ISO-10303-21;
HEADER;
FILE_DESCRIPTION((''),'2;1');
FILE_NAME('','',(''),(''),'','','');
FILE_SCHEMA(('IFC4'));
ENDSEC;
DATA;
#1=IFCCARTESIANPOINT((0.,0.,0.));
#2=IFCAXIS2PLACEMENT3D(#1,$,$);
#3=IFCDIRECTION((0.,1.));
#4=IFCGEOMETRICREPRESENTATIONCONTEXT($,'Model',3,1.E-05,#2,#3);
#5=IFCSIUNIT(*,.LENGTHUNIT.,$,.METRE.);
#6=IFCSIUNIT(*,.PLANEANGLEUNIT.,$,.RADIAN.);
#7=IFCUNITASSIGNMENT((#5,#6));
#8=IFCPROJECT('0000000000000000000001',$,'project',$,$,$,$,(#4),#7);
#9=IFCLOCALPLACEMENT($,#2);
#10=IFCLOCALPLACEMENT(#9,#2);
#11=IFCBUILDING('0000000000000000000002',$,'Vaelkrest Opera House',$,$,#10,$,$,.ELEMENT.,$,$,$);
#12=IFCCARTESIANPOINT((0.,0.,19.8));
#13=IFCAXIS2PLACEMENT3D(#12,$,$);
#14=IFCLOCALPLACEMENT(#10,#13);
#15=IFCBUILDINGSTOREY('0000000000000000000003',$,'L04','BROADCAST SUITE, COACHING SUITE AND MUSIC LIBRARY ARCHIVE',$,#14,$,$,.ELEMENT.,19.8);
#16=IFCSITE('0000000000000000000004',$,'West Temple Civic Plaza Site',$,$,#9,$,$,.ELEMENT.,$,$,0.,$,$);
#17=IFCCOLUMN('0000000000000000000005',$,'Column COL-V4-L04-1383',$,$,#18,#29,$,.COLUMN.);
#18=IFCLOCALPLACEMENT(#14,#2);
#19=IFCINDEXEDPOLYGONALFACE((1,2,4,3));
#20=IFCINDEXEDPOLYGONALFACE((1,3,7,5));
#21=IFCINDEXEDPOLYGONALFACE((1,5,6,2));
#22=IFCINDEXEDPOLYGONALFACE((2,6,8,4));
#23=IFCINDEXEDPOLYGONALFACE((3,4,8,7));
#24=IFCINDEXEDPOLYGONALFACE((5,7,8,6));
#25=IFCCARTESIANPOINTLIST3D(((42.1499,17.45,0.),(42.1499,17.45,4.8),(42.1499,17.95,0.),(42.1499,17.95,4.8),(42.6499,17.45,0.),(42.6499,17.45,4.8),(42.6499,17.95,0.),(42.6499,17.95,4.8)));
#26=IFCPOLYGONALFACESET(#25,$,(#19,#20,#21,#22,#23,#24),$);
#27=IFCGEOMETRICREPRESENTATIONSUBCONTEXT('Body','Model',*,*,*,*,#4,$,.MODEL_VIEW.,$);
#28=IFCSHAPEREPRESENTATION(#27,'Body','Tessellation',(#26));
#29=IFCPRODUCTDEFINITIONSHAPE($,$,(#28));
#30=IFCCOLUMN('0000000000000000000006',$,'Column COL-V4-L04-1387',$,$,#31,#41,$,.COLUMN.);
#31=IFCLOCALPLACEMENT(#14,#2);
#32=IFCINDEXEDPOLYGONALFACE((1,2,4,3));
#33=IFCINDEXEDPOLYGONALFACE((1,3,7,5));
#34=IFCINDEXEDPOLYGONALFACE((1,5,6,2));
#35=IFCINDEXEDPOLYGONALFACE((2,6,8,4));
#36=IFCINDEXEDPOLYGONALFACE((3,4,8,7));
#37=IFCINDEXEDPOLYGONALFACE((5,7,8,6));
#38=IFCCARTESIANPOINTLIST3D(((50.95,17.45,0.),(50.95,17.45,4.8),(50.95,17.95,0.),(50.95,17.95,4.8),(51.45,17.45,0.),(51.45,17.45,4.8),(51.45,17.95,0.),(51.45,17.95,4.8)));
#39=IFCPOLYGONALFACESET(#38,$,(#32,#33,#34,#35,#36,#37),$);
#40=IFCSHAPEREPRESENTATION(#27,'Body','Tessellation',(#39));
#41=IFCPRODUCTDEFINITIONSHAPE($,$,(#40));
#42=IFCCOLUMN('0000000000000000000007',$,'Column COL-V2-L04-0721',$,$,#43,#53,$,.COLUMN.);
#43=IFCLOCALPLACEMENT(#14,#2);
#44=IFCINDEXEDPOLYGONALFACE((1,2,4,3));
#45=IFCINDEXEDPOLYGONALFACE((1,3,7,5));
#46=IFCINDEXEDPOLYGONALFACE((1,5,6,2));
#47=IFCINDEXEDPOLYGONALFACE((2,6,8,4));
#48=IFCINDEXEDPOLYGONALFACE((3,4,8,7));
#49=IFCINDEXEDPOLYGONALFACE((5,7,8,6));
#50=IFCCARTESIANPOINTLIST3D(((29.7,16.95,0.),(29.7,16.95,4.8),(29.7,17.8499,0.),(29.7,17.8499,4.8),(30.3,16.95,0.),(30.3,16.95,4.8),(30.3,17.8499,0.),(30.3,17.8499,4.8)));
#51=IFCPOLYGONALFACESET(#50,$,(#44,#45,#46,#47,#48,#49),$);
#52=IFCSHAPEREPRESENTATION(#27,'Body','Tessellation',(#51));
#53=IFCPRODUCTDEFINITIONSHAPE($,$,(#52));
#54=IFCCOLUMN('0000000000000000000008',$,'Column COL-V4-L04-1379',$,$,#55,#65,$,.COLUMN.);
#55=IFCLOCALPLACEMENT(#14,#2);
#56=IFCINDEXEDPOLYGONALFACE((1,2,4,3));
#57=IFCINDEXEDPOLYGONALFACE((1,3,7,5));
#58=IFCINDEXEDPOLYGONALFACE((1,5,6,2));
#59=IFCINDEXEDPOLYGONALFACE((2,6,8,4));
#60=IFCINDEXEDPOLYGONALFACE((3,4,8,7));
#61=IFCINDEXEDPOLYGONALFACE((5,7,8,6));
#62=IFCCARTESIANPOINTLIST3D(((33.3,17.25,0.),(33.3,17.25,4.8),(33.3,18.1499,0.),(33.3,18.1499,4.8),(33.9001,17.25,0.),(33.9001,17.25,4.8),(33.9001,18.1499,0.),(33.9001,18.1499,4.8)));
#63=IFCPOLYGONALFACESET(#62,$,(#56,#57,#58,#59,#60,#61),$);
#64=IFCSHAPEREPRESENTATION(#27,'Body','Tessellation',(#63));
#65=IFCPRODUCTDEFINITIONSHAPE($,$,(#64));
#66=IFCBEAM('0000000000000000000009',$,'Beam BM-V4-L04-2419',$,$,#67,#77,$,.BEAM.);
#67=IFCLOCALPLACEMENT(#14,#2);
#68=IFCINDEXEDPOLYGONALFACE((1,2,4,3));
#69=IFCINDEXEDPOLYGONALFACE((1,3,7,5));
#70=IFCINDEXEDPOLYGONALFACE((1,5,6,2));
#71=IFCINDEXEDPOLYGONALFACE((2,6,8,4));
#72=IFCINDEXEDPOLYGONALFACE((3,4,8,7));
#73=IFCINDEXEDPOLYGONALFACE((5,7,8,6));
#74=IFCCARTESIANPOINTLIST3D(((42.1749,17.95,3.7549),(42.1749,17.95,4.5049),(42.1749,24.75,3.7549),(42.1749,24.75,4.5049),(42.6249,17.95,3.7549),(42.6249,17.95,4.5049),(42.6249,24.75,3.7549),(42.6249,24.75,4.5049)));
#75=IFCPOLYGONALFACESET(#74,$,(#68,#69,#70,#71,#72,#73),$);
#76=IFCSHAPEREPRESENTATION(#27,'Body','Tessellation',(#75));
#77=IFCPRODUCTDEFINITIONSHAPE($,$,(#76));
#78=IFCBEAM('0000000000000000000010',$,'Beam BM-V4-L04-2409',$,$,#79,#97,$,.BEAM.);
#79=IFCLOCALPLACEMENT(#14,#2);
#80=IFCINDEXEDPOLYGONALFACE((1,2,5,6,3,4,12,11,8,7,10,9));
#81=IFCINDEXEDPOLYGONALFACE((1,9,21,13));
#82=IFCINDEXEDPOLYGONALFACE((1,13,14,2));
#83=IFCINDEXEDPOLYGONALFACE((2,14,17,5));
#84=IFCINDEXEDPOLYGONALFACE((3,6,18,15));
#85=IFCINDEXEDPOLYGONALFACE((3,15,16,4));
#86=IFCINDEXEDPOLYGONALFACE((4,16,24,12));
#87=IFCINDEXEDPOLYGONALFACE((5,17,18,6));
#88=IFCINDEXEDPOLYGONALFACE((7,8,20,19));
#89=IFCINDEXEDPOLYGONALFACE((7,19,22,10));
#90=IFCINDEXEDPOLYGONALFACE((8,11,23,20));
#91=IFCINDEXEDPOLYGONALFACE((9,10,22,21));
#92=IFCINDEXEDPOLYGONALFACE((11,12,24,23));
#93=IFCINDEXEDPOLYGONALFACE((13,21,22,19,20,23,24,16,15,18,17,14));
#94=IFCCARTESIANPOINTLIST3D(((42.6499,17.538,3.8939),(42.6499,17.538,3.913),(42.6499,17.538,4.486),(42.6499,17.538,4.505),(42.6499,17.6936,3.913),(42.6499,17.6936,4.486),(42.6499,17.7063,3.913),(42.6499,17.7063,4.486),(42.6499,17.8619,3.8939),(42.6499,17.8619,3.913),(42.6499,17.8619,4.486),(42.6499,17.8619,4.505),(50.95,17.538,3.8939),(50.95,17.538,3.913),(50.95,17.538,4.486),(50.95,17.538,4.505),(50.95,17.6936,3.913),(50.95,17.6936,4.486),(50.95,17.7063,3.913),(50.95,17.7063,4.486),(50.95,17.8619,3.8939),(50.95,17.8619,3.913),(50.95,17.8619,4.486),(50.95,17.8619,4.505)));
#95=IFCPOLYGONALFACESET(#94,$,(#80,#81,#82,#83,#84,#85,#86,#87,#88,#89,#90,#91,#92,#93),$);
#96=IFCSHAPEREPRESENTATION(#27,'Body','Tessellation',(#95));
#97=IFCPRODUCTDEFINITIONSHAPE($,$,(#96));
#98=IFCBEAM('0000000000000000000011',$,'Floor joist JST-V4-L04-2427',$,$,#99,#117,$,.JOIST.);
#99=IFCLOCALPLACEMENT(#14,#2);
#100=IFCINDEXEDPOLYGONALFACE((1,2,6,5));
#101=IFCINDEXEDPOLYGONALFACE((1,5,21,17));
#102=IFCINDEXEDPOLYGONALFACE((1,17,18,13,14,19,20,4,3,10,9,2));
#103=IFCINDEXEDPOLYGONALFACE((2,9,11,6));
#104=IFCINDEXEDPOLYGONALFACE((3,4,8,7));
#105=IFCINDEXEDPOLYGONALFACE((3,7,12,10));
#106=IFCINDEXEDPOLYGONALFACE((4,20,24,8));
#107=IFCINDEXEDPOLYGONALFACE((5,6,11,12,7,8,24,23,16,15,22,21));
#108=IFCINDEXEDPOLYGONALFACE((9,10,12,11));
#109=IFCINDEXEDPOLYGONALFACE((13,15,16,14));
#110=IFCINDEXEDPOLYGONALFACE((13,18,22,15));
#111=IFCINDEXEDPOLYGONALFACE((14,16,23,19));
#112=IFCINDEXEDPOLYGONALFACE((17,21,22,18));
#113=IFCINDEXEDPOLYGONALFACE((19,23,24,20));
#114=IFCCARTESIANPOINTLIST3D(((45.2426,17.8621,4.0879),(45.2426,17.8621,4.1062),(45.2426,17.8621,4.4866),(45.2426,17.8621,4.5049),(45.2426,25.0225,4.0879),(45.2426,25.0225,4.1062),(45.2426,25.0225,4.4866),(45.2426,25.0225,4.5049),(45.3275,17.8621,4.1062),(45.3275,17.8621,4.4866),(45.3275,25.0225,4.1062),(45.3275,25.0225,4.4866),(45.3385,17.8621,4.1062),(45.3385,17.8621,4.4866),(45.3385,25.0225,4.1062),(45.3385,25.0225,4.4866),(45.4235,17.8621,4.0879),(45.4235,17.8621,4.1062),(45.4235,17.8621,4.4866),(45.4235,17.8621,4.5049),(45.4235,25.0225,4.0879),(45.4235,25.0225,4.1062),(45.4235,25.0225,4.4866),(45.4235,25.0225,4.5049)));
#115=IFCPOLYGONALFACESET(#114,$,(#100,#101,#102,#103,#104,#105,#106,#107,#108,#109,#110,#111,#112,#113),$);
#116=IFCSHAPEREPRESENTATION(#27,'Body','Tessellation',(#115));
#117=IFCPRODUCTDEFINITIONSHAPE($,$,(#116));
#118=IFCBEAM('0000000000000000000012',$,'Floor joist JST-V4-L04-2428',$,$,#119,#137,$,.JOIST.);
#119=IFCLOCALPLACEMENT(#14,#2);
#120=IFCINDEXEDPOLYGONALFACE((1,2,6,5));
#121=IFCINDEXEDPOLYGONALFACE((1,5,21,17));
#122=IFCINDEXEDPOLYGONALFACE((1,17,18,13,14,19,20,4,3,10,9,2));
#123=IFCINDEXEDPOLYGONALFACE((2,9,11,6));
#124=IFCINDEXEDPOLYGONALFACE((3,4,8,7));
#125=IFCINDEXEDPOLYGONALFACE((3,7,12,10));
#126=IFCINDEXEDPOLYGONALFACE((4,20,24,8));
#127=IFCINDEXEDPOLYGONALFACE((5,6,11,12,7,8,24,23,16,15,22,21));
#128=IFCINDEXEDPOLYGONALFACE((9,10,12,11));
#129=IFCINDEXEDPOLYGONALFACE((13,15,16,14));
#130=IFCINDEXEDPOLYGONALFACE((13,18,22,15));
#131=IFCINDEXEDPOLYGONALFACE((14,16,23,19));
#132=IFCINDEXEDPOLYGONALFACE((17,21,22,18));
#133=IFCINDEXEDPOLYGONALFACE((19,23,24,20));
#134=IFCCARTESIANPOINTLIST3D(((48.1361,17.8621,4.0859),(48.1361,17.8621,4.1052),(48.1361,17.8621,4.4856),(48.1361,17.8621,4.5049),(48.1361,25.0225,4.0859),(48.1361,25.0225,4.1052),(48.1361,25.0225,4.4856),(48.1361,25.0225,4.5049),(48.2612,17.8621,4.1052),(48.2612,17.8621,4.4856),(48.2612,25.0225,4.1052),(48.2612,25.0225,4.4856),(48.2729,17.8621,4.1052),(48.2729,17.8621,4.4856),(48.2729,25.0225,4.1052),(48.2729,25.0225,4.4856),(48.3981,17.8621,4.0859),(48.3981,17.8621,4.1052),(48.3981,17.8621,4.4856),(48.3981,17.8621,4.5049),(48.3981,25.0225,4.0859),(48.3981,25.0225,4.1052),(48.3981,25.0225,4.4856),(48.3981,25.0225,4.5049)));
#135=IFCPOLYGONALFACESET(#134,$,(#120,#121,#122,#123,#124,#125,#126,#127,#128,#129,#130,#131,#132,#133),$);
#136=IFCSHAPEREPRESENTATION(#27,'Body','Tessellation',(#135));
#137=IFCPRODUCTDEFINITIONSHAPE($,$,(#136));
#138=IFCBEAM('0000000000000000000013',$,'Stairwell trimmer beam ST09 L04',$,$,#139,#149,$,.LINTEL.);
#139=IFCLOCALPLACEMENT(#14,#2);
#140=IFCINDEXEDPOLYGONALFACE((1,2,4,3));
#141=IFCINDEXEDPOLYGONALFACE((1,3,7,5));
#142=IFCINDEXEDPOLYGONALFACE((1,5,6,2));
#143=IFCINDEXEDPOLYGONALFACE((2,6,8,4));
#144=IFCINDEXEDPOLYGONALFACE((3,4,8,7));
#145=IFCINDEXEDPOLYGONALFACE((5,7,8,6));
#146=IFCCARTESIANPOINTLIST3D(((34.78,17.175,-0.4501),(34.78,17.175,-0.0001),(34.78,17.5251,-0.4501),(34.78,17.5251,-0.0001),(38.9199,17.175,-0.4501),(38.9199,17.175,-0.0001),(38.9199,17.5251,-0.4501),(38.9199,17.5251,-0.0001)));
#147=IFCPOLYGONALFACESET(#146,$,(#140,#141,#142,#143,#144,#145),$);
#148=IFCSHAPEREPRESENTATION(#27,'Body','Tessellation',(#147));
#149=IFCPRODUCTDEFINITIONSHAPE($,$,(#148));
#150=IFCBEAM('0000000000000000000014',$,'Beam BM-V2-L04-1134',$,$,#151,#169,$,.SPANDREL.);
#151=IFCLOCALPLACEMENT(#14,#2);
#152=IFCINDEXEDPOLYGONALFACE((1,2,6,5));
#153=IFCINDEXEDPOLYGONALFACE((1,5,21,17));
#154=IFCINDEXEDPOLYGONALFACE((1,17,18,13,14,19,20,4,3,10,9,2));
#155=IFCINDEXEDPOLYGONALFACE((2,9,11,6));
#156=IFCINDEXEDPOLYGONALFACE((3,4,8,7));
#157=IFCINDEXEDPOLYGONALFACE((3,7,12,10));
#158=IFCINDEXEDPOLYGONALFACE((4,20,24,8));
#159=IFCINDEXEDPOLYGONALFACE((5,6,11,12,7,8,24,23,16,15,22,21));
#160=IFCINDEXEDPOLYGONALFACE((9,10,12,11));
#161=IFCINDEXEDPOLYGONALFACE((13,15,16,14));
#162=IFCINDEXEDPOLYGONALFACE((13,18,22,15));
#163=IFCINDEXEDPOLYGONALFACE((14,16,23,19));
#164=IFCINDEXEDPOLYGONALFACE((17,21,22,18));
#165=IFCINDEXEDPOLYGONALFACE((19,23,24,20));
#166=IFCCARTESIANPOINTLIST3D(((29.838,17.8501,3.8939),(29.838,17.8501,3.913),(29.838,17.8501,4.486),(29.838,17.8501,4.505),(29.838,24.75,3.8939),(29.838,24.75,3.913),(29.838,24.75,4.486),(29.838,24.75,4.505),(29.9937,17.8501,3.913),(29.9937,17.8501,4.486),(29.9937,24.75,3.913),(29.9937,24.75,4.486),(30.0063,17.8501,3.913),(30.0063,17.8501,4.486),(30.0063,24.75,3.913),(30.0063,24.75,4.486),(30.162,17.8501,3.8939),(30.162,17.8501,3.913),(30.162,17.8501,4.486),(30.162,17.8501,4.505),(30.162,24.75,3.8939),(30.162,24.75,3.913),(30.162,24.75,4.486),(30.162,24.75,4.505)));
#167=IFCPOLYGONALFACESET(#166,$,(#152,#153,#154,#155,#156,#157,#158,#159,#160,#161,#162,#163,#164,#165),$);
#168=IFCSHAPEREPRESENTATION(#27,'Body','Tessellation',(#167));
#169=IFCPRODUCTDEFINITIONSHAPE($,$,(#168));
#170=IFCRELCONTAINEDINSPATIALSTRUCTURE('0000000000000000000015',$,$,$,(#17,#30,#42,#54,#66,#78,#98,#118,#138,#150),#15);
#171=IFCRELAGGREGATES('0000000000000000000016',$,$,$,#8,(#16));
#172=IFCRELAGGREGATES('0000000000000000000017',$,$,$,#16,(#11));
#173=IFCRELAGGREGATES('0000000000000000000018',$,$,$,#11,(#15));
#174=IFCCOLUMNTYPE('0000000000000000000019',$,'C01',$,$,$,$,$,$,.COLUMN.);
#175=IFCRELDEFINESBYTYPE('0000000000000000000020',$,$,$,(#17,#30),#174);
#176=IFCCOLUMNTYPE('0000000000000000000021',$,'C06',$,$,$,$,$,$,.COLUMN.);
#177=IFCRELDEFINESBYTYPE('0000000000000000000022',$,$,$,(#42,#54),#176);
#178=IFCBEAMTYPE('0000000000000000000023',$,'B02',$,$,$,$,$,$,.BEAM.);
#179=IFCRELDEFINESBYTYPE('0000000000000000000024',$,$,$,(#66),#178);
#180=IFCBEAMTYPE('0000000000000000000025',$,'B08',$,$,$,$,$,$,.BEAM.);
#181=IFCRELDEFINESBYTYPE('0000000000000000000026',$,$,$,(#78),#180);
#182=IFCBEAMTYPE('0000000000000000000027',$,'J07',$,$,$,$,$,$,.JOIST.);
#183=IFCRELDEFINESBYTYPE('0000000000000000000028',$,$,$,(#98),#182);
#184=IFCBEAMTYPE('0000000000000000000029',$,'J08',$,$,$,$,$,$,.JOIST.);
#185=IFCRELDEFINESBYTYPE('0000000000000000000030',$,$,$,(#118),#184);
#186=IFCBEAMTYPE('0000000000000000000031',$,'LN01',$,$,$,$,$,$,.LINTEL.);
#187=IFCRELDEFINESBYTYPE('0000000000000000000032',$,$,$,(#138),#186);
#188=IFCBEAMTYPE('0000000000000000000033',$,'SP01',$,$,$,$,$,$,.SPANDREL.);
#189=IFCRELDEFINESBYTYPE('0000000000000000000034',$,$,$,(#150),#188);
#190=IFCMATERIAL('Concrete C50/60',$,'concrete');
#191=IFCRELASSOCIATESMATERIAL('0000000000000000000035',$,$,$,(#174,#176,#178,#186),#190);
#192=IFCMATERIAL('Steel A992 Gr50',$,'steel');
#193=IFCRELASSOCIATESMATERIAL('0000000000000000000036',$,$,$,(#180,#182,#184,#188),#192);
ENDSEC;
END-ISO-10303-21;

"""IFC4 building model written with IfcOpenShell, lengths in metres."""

from ifc_helpers import new_model, si_unit, direction, frame, origin, origin_2d, place, context, subcontext, project, spatial, rectangle, i_section, extrude, material, material_profile, profile_set, type_object, element, save


model = new_model("IFC4")

# Units and contexts
model_context = context("Model", 3, precision=1e-05, world=origin(), true_north=direction((0.0, 1.0)))
body_context = subcontext(model_context, "Body", "Model", "MODEL_VIEW")
ifc_project = project(units=[si_unit("LENGTHUNIT", "METRE"), si_unit("PLANEANGLEUNIT", "RADIAN")], contexts=[model_context])

# Site, building, storey
site_placement = place(None, origin())
site = spatial("IfcSite", under=ifc_project, at=site_placement, Name="West Temple Civic Plaza Site", CompositionType="ELEMENT", RefElevation=0.0)
building_placement = place(site_placement, origin())
building = spatial("IfcBuilding", under=site, at=building_placement, Name="Vaelkrest Opera House", CompositionType="ELEMENT")
storey_placement = place(building_placement, frame((0.0, 0.0, 19.8)))
storey = spatial("IfcBuildingStorey", under=building, at=storey_placement, Name="L04", Description="BROADCAST SUITE, COACHING SUITE AND MUSIC LIBRARY ARCHIVE", CompositionType="ELEMENT", Elevation=19.8)

# Columns
ifc_material_1 = material(Name="Concrete C50/60", Category="concrete")
ifc_material_profile_1 = material_profile(ifc_material_1, rectangle(XDim=0.5, YDim=0.5, at=origin_2d()), Name="RC500X500")
ifc_profile_set_1 = profile_set([ifc_material_profile_1], Name="Concrete C50/60")
column_type_1 = type_object("IfcColumnType", Name="C01", PredefinedType="COLUMN", material=ifc_profile_set_1)
for number, where, z_axis, x_axis, name in (
    (1, (42.3999, 17.7, 0.0), (0.0, 0.0, 1.0), (1.0, 0.0, 0.0), "Column COL-V4-L04-1383"),
    (2, (51.2, 17.7, 0.0), (0.0, 0.0, 1.0), (1.0, 0.0, 0.0), "Column COL-V4-L04-1387"),
):
    element("IfcColumn", number, at=place(storey_placement, frame(where, z_axis=z_axis, x_axis=x_axis)), inside=storey, type_object=column_type_1, Name=name, PredefinedType="COLUMN", context=body_context, shape_type="SweptSolid", body=[
        extrude(rectangle(XDim=0.5, YDim=0.5, at=origin_2d()), origin(), (0.0, 0.0, 1.0), 4.8),
    ])
ifc_material_profile_2 = material_profile(ifc_material_1, rectangle(XDim=0.6001, YDim=0.8999, at=origin_2d()), Name="RC600X900")
ifc_profile_set_2 = profile_set([ifc_material_profile_2], Name="Concrete C50/60")
column_type_2 = type_object("IfcColumnType", Name="C06", PredefinedType="COLUMN", material=ifc_profile_set_2)
for number, where, z_axis, x_axis, name in (
    (3, (30.0, 17.3999, 0.0), (0.0, 0.0, 1.0), (1.0, 0.0, 0.0), "Column COL-V2-L04-0721"),
    (4, (33.6001, 17.7, 0.0), (0.0, 0.0, 1.0), (1.0, 0.0, 0.0), "Column COL-V4-L04-1379"),
):
    element("IfcColumn", number, at=place(storey_placement, frame(where, z_axis=z_axis, x_axis=x_axis)), inside=storey, type_object=column_type_2, Name=name, PredefinedType="COLUMN", context=body_context, shape_type="SweptSolid", body=[
        extrude(rectangle(XDim=0.6001, YDim=0.8999, at=origin_2d()), origin(), (0.0, 0.0, 1.0), 4.8),
    ])

# Beams
ifc_material_profile_3 = material_profile(ifc_material_1, rectangle(XDim=0.45, YDim=0.75, at=origin_2d()), Name="RCB450X750")
ifc_profile_set_3 = profile_set([ifc_material_profile_3], Name="Concrete C50/60")
beam_type_1 = type_object("IfcBeamType", Name="B02", PredefinedType="BEAM", material=ifc_profile_set_3)
beam_1_placement = place(storey_placement, frame((42.3999, 17.95, 4.1299), z_axis=(0.0, 1.0, 0.0), x_axis=(-1.0, 0.0, 0.0)))
element("IfcBeam", 5, at=beam_1_placement, inside=storey, type_object=beam_type_1, Name="Beam BM-V4-L04-2419", PredefinedType="BEAM", context=body_context, shape_type="SweptSolid", body=[
    extrude(rectangle(XDim=0.45, YDim=0.75, at=origin_2d()), origin(), (0.0, 0.0, 1.0), 6.8),
])
ifc_material_2 = material(Name="Steel A992 Gr50", Category="steel")
ifc_material_profile_4 = material_profile(ifc_material_2, i_section(OverallWidth=0.324, OverallDepth=0.6111, WebThickness=0.0127, FlangeThickness=0.019, at=origin_2d()), Name="W24X104")
ifc_profile_set_4 = profile_set([ifc_material_profile_4], Name="Steel A992 Gr50")
beam_type_2 = type_object("IfcBeamType", Name="B08", PredefinedType="BEAM", material=ifc_profile_set_4)
beam_2_placement = place(storey_placement, frame((42.6499, 17.7, 4.1995), z_axis=(1.0, 0.0, 0.0), x_axis=(0.0, 1.0, 0.0)))
element("IfcBeam", 6, at=beam_2_placement, inside=storey, type_object=beam_type_2, Name="Beam BM-V4-L04-2409", PredefinedType="BEAM", context=body_context, shape_type="SweptSolid", body=[
    extrude(i_section(OverallWidth=0.324, OverallDepth=0.6111, WebThickness=0.0127, FlangeThickness=0.019, at=origin_2d()), origin(), (0.0, 0.0, 1.0), 8.3),
])
ifc_material_profile_5 = material_profile(ifc_material_2, i_section(OverallWidth=0.1809, OverallDepth=0.417, WebThickness=0.011, FlangeThickness=0.0183, at=origin_2d()), Name="W16X57")
ifc_profile_set_5 = profile_set([ifc_material_profile_5], Name="Steel A992 Gr50")
beam_type_3 = type_object("IfcBeamType", Name="J07", PredefinedType="JOIST", material=ifc_profile_set_5)
beam_3_placement = place(storey_placement, frame((45.333, 17.8621, 4.2964), z_axis=(0.0, 1.0, 0.0), x_axis=(-1.0, 0.0, 0.0)))
element("IfcBeam", 7, at=beam_3_placement, inside=storey, type_object=beam_type_3, Name="Floor joist JST-V4-L04-2427", PredefinedType="JOIST", context=body_context, shape_type="SweptSolid", body=[
    extrude(i_section(OverallWidth=0.1809, OverallDepth=0.417, WebThickness=0.011, FlangeThickness=0.0183, at=origin_2d()), origin(), (0.0, 0.0, 1.0), 7.1604),
])
ifc_material_profile_6 = material_profile(ifc_material_2, i_section(OverallWidth=0.262, OverallDepth=0.4189, WebThickness=0.0117, FlangeThickness=0.0193, at=origin_2d()), Name="W16X77")
ifc_profile_set_6 = profile_set([ifc_material_profile_6], Name="Steel A992 Gr50")
beam_type_4 = type_object("IfcBeamType", Name="J08", PredefinedType="JOIST", material=ifc_profile_set_6)
beam_4_placement = place(storey_placement, frame((48.2671, 17.8621, 4.2954), z_axis=(0.0, 1.0, 0.0), x_axis=(-1.0, 0.0, 0.0)))
element("IfcBeam", 8, at=beam_4_placement, inside=storey, type_object=beam_type_4, Name="Floor joist JST-V4-L04-2428", PredefinedType="JOIST", context=body_context, shape_type="SweptSolid", body=[
    extrude(i_section(OverallWidth=0.262, OverallDepth=0.4189, WebThickness=0.0117, FlangeThickness=0.0193, at=origin_2d()), origin(), (0.0, 0.0, 1.0), 7.1604),
])
ifc_material_profile_7 = material_profile(ifc_material_1, rectangle(XDim=0.3501, YDim=0.45, at=origin_2d()), Name="RCB350X450")
ifc_profile_set_7 = profile_set([ifc_material_profile_7], Name="Concrete C50/60")
beam_type_5 = type_object("IfcBeamType", Name="LN01", PredefinedType="LINTEL", material=ifc_profile_set_7)
beam_5_placement = place(storey_placement, frame((34.78, 17.3501, -0.2251), z_axis=(1.0, 0.0, 0.0), x_axis=(0.0, 1.0, 0.0)))
element("IfcBeam", 9, at=beam_5_placement, inside=storey, type_object=beam_type_5, Name="Stairwell trimmer beam ST09 L04", PredefinedType="LINTEL", context=body_context, shape_type="SweptSolid", body=[
    extrude(rectangle(XDim=0.3501, YDim=0.45, at=origin_2d()), origin(), (0.0, 0.0, 1.0), 4.1399),
])
ifc_material_profile_8 = material_profile(ifc_material_2, i_section(OverallWidth=0.324, OverallDepth=0.6111, WebThickness=0.0127, FlangeThickness=0.019, at=origin_2d()), Name="W24X104")
ifc_profile_set_8 = profile_set([ifc_material_profile_8], Name="Steel A992 Gr50")
beam_type_6 = type_object("IfcBeamType", Name="SP01", PredefinedType="SPANDREL", material=ifc_profile_set_8)
beam_6_placement = place(storey_placement, frame((30.0, 17.8501, 4.1995), z_axis=(0.0, 1.0, 0.0), x_axis=(-1.0, 0.0, 0.0)))
element("IfcBeam", 10, at=beam_6_placement, inside=storey, type_object=beam_type_6, Name="Beam BM-V2-L04-1134", PredefinedType="SPANDREL", context=body_context, shape_type="SweptSolid", body=[
    extrude(i_section(OverallWidth=0.324, OverallDepth=0.6111, WebThickness=0.0127, FlangeThickness=0.019, at=origin_2d()), origin(), (0.0, 0.0, 1.0), 6.8999),
])

save(model, "model.ifc")
